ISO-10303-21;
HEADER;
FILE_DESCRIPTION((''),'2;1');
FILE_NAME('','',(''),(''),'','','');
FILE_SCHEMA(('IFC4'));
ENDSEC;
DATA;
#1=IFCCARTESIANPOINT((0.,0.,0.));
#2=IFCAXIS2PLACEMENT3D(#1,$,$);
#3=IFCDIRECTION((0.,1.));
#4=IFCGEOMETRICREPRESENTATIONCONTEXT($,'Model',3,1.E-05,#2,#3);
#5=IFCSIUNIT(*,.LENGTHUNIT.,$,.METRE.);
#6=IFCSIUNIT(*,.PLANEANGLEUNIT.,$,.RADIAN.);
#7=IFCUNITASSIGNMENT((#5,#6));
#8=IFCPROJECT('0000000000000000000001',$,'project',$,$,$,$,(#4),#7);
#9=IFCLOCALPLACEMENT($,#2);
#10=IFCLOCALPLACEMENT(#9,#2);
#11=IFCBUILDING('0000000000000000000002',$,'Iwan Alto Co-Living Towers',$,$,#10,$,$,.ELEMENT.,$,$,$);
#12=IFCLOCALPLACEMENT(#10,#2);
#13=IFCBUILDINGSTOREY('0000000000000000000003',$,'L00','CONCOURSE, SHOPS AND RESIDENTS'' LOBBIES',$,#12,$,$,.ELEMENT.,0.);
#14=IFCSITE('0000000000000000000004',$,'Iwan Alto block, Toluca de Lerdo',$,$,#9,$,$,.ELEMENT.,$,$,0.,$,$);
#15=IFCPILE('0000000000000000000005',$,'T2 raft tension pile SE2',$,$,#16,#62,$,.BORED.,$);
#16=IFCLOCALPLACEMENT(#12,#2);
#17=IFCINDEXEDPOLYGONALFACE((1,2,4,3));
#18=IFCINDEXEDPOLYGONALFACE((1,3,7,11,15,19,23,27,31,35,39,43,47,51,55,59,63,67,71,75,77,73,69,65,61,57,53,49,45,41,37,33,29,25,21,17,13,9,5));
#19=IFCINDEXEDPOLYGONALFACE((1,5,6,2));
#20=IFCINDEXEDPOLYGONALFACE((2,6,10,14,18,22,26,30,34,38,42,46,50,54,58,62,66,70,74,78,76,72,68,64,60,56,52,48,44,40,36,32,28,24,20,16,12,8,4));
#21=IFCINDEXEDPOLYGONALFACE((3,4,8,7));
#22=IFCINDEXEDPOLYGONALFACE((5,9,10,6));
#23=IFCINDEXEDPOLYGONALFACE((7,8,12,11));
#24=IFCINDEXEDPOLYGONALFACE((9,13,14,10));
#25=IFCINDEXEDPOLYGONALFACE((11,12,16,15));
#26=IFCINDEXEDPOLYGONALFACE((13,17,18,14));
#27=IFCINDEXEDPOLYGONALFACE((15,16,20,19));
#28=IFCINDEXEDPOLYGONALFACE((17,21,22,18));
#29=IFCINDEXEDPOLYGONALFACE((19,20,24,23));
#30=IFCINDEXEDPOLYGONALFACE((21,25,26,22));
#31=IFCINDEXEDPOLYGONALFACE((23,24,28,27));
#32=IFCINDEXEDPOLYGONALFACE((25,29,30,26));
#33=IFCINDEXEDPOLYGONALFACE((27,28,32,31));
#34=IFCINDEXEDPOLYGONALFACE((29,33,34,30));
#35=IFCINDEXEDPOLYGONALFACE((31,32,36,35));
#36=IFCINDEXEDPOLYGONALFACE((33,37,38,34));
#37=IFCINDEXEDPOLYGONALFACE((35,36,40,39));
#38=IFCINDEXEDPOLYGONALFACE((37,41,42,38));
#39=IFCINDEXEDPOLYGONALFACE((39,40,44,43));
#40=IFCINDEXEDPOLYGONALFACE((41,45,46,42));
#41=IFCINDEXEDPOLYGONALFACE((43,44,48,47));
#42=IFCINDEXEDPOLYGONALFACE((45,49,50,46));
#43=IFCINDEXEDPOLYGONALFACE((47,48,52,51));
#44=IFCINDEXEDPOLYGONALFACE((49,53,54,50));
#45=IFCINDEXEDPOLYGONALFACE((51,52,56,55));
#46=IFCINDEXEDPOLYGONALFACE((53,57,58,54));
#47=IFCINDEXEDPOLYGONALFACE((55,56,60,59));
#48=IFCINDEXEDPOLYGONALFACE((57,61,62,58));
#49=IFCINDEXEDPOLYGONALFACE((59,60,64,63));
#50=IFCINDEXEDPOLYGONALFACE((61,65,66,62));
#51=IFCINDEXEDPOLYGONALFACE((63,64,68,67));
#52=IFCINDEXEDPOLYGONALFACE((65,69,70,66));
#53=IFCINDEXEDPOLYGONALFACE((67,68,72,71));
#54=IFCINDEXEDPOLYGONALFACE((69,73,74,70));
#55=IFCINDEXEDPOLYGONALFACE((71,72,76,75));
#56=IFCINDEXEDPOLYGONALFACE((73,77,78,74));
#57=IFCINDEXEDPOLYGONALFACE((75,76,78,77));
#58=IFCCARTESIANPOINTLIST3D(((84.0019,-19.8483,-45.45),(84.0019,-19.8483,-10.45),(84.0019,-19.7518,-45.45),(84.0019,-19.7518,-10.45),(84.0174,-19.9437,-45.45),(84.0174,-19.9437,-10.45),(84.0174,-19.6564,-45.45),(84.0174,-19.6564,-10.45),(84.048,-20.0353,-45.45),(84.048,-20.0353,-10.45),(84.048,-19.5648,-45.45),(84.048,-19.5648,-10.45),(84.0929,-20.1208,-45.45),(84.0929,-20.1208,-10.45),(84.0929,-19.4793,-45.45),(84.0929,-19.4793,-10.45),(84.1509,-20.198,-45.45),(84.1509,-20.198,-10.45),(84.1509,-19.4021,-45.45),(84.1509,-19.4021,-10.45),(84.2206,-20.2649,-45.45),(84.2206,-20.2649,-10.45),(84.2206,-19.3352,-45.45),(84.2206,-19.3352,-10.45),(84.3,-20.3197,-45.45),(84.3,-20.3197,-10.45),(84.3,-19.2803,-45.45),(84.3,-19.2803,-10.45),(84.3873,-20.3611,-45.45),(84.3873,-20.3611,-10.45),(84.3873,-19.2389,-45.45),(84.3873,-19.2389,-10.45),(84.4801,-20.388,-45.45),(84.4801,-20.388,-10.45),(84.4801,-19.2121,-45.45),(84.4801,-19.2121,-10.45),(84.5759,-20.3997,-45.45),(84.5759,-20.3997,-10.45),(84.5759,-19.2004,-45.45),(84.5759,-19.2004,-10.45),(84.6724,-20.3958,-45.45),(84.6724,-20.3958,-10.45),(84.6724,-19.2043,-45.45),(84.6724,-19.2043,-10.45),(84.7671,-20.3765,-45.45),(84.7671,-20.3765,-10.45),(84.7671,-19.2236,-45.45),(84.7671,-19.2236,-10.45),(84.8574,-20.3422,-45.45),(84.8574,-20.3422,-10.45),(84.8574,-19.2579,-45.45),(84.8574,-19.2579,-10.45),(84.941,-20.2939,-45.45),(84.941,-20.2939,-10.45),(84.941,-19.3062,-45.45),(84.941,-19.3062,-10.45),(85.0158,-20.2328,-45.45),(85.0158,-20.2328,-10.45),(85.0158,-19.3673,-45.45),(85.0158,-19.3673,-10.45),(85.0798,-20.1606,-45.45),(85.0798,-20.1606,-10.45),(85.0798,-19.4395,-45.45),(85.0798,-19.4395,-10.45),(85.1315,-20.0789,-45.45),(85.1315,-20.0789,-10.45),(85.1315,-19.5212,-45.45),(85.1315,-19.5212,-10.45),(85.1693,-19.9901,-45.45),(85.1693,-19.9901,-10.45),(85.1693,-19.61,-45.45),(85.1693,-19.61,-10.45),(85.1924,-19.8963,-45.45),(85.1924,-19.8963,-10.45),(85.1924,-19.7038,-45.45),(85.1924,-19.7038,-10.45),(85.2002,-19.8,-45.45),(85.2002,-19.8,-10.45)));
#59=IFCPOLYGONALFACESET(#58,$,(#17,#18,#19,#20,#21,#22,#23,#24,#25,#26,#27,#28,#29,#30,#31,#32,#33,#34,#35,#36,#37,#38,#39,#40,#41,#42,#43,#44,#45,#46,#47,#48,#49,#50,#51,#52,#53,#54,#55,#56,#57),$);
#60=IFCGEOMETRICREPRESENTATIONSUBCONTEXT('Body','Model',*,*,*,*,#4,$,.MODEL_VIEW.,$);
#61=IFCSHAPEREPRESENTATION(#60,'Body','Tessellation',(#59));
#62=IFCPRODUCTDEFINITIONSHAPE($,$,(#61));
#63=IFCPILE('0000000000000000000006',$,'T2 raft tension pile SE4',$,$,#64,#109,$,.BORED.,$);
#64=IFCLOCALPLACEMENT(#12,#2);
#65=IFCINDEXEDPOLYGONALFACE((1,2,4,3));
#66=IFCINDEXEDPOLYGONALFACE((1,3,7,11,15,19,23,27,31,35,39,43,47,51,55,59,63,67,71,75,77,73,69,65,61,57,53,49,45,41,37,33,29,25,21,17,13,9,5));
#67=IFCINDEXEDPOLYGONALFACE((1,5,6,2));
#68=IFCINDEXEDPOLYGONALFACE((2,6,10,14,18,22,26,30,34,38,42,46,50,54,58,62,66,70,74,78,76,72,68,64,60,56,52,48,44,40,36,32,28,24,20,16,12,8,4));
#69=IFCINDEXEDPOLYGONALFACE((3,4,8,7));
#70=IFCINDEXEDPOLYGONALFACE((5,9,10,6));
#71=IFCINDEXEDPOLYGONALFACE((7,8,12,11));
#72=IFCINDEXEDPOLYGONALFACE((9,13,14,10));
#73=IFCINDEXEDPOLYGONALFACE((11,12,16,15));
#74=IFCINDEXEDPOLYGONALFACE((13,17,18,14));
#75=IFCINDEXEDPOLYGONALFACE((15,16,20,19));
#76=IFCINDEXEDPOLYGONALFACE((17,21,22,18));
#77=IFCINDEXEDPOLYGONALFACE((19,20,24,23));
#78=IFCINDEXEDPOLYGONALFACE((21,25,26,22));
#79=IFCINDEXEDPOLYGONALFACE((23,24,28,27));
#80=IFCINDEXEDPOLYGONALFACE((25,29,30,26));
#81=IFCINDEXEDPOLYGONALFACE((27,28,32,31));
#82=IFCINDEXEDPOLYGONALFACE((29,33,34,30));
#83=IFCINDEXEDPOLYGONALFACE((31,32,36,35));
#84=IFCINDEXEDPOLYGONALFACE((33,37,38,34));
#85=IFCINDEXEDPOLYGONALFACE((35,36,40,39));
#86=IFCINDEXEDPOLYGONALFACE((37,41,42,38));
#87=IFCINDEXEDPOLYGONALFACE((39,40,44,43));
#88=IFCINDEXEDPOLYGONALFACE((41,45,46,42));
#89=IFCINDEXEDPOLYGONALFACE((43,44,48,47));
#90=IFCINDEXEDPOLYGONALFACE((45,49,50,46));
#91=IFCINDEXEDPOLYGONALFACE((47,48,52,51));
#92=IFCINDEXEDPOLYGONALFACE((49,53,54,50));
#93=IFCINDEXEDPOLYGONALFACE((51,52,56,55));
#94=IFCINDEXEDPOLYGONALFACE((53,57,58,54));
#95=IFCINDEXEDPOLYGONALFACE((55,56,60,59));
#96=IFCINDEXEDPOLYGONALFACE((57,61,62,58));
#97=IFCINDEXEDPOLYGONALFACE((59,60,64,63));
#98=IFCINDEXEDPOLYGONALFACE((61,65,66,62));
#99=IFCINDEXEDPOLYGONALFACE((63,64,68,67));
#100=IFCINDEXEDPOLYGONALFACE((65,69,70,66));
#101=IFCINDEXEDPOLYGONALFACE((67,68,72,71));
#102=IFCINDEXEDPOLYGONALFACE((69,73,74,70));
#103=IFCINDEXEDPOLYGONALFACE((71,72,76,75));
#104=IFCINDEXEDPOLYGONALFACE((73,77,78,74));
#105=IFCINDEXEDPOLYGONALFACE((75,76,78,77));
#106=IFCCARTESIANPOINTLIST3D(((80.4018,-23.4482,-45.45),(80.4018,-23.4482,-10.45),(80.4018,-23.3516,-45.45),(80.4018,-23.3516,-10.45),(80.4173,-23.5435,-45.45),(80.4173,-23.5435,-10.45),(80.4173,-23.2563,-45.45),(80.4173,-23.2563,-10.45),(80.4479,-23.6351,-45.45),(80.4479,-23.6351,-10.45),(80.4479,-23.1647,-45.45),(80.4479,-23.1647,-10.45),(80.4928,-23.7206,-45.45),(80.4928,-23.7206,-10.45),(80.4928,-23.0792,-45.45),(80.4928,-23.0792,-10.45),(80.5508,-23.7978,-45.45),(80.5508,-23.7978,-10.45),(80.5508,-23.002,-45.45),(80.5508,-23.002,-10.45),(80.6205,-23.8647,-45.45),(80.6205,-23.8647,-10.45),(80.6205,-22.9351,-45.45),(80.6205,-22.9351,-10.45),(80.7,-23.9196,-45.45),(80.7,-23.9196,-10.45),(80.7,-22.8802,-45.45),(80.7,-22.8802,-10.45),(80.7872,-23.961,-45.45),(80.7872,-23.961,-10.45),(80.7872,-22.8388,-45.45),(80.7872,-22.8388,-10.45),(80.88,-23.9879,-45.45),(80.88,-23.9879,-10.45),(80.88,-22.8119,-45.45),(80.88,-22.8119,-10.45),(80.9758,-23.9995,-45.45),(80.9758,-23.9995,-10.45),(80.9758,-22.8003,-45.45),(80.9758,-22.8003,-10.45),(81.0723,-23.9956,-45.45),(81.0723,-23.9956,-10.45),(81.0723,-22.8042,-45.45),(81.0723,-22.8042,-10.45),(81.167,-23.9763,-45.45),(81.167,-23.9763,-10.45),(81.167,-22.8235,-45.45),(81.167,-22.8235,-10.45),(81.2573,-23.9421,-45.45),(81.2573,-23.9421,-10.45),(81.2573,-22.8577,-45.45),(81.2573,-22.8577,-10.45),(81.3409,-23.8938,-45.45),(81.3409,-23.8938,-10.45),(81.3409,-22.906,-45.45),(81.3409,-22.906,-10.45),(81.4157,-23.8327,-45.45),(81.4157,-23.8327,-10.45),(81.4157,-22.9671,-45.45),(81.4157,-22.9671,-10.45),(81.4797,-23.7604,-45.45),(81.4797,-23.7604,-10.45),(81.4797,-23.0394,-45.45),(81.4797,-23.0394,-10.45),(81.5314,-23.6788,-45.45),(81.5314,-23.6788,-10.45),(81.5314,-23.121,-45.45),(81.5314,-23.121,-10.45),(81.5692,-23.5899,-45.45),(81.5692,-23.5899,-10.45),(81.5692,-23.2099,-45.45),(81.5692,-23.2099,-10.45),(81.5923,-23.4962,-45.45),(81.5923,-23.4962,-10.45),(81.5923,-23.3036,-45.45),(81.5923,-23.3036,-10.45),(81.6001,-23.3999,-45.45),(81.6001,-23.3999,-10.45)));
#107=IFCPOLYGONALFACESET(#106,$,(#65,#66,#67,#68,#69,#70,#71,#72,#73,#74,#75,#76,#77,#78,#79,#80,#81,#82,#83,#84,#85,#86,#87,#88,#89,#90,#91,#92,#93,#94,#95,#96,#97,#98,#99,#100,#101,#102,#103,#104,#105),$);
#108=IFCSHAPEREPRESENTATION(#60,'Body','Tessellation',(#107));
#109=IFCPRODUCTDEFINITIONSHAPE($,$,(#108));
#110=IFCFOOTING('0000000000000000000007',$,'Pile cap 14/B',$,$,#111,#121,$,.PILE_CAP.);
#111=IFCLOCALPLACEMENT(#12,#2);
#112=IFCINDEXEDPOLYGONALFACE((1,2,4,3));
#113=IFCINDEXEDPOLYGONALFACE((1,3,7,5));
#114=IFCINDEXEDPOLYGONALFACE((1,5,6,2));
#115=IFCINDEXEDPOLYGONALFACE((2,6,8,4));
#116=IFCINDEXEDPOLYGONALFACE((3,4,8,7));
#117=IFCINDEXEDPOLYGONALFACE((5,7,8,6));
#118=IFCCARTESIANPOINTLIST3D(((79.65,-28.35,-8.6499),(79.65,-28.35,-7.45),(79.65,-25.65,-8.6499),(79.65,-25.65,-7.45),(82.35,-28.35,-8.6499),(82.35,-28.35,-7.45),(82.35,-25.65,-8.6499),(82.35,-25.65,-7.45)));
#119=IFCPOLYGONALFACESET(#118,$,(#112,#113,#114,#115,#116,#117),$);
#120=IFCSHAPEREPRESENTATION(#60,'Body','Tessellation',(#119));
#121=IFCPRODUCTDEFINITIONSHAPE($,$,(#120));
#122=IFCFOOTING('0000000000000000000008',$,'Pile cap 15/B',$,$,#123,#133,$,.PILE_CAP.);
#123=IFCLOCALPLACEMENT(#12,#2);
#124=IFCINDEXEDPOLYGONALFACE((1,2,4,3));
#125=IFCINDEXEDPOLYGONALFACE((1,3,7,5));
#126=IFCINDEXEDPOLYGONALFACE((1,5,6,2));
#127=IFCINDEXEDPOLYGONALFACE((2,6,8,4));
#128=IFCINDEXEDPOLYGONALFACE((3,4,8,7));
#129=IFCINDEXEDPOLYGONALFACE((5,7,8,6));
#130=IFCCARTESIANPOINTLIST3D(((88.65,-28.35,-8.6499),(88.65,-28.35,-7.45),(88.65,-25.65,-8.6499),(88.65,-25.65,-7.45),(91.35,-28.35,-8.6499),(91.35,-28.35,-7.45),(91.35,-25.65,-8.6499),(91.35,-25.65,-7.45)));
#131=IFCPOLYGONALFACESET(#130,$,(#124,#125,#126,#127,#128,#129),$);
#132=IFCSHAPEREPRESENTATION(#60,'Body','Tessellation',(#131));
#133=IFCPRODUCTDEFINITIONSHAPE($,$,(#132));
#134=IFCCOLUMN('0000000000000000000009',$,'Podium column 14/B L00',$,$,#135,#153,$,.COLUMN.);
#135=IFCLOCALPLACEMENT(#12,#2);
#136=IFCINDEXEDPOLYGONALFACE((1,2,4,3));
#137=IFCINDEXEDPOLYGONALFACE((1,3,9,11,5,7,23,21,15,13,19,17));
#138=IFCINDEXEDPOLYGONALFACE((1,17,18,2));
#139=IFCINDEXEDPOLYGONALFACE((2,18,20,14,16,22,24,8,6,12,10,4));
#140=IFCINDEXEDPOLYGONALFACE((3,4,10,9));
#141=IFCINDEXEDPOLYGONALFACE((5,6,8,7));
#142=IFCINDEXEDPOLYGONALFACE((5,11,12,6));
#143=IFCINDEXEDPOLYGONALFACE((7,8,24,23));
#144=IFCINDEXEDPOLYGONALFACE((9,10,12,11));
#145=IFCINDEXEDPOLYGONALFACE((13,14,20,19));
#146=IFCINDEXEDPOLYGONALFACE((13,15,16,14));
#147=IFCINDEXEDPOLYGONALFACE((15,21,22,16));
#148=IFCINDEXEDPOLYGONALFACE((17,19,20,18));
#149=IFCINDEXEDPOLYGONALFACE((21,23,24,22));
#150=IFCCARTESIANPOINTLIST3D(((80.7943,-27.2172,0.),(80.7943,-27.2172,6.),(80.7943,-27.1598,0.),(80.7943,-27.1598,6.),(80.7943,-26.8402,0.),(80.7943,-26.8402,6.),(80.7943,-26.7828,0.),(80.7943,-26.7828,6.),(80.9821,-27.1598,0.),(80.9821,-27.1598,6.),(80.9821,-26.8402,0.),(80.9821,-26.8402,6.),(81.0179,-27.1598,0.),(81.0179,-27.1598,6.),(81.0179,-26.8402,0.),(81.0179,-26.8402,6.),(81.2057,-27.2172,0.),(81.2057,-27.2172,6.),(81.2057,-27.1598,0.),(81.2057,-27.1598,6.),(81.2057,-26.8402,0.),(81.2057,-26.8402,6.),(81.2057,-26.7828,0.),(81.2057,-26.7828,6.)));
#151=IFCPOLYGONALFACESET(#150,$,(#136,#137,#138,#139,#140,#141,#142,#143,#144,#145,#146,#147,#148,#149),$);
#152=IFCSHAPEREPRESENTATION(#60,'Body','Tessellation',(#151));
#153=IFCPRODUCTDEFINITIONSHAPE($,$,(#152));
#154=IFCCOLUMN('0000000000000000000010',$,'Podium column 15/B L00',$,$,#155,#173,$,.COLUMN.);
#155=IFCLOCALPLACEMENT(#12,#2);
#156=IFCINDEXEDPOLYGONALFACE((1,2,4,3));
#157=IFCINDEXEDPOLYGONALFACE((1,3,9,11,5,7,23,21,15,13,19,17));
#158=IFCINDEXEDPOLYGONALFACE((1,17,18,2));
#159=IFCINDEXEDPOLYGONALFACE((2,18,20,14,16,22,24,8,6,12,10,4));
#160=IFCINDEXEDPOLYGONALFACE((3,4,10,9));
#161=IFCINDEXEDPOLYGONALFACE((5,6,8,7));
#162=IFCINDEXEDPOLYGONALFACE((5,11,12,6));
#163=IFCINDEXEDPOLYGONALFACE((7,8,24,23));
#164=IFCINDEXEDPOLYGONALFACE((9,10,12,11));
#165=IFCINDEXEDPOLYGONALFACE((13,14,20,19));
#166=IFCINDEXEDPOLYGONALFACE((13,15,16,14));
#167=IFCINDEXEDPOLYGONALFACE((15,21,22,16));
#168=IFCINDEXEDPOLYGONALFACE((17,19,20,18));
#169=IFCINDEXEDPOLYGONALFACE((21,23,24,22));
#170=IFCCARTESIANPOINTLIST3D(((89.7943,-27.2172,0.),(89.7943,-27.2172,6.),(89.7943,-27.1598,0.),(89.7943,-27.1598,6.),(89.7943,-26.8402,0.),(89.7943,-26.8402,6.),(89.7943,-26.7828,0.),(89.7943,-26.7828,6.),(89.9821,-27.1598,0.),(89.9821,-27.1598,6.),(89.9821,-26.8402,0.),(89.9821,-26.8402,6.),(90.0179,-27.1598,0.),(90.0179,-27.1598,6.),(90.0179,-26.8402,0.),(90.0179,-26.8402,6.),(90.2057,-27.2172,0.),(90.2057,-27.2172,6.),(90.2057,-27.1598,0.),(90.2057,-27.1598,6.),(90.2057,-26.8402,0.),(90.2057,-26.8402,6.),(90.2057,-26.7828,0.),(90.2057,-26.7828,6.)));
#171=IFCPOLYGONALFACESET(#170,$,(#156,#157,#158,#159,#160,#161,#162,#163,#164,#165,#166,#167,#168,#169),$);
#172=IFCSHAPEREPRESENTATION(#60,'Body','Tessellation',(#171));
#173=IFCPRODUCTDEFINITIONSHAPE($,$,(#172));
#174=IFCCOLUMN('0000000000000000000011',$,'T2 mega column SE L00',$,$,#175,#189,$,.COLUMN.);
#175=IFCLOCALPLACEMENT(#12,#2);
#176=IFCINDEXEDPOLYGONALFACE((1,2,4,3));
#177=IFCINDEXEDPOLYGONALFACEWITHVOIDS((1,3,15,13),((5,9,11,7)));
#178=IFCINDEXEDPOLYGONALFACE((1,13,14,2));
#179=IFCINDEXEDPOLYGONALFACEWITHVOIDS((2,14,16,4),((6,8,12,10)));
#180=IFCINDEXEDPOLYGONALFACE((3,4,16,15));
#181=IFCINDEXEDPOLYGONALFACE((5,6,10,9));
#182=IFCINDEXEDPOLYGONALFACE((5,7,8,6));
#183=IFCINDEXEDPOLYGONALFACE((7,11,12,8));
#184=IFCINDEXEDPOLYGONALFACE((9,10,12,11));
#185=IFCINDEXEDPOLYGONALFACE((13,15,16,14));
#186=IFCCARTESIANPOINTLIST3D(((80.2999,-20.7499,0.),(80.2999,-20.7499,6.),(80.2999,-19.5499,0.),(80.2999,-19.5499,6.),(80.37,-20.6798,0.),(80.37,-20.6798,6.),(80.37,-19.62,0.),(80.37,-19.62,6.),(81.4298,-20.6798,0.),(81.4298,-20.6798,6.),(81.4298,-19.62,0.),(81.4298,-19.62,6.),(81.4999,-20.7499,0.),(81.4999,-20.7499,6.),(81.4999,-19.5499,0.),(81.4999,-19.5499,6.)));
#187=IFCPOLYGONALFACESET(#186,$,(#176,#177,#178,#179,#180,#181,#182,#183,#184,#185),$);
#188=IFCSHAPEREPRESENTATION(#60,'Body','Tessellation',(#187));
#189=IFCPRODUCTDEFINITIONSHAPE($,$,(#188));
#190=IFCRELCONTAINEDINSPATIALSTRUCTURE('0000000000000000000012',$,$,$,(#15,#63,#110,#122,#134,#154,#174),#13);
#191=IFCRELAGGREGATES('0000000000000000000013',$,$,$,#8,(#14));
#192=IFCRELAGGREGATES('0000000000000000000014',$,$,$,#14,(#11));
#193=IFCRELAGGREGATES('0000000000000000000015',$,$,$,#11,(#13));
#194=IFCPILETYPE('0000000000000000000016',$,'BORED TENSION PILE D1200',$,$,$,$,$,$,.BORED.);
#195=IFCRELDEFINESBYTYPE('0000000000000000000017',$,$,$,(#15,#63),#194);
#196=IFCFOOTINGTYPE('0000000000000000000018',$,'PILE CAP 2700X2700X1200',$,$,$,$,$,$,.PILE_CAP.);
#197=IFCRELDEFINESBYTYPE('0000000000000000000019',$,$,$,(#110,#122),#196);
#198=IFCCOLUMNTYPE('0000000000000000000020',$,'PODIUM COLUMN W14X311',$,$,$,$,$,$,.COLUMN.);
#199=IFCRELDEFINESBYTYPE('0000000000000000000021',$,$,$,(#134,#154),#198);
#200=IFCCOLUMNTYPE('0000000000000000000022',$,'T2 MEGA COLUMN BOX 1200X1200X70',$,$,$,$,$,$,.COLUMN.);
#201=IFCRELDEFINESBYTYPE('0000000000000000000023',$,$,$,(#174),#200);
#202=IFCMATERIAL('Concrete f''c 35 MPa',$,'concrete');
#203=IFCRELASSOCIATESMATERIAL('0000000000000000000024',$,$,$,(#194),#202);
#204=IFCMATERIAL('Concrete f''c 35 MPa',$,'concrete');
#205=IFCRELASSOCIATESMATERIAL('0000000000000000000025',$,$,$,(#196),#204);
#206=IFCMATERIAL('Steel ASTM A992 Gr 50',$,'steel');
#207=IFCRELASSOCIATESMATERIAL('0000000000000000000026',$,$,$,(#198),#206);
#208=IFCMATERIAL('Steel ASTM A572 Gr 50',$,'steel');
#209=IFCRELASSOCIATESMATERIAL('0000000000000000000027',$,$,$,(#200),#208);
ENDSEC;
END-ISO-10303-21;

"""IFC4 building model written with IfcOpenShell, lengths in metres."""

from ifc_helpers import new_model, si_unit, direction, frame, origin, origin_2d, place, context, subcontext, project, spatial, rectangle, hollow_rectangle, circle, i_section, extrude, material, material_profile, profile_set, type_object, element, save


model = new_model("IFC4")

# Units and contexts
model_context = context("Model", 3, precision=1e-05, world=origin(), true_north=direction((0.0, 1.0)))
body_context = subcontext(model_context, "Body", "Model", "MODEL_VIEW")
ifc_project = project(units=[si_unit("LENGTHUNIT", "METRE"), si_unit("PLANEANGLEUNIT", "RADIAN")], contexts=[model_context])

# Site, building, storey
site_placement = place(None, origin())
site = spatial("IfcSite", under=ifc_project, at=site_placement, Name="Iwan Alto block, Toluca de Lerdo", CompositionType="ELEMENT", RefElevation=0.0)
building_placement = place(site_placement, origin())
building = spatial("IfcBuilding", under=site, at=building_placement, Name="Iwan Alto Co-Living Towers", CompositionType="ELEMENT")
storey_placement = place(building_placement, origin())
storey = spatial("IfcBuildingStorey", under=building, at=storey_placement, Name="L00", Description="CONCOURSE, SHOPS AND RESIDENTS' LOBBIES", CompositionType="ELEMENT", Elevation=0.0)

# Piles
ifc_material_1 = material(Name="Concrete f'c 35 MPa", Category="concrete")
ifc_material_profile_1 = material_profile(ifc_material_1, circle(Radius=0.6001, at=origin_2d()), Name="D1200")
ifc_profile_set_1 = profile_set([ifc_material_profile_1], Name="Concrete f'c 35 MPa")
pile_type_1 = type_object("IfcPileType", Name="BORED TENSION PILE D1200", PredefinedType="BORED", material=ifc_profile_set_1)
for number, where, z_axis, x_axis, name in (
    (1, (84.6001, -19.8, -10.45), (0.0, 0.0, -1.0), (1.0, 0.0, 0.0), "T2 raft tension pile SE2"),
    (2, (81.0, -23.3999, -10.45), (0.0, 0.0, -1.0), (1.0, 0.0, 0.0), "T2 raft tension pile SE4"),
):
    element("IfcPile", number, at=place(storey_placement, frame(where, z_axis=z_axis, x_axis=x_axis)), inside=storey, type_object=pile_type_1, Name=name, PredefinedType="BORED", context=body_context, shape_type="SweptSolid", body=[
        extrude(circle(Radius=0.6001, at=origin_2d()), origin(), (0.0, 0.0, 1.0), 35.0),
    ])

# Footings
ifc_material_2 = material(Name="Concrete f'c 35 MPa", Category="concrete")
footing_type = type_object("IfcFootingType", Name="PILE CAP 2700X2700X1200", PredefinedType="PILE_CAP", material=ifc_material_2)
for number, where, z_axis, x_axis, name in (
    (3, (81.0, -27.0, -8.6499), (0.0, 0.0, 1.0), (1.0, 0.0, 0.0), "Pile cap 14/B"),
    (4, (90.0, -27.0, -8.6499), (0.0, 0.0, 1.0), (1.0, 0.0, 0.0), "Pile cap 15/B"),
):
    element("IfcFooting", number, at=place(storey_placement, frame(where, z_axis=z_axis, x_axis=x_axis)), inside=storey, type_object=footing_type, Name=name, PredefinedType="PILE_CAP", context=body_context, shape_type="SweptSolid", body=[
        extrude(rectangle(XDim=2.7, YDim=2.7, at=origin_2d()), origin(), (0.0, 0.0, 1.0), 1.2),
    ])

# Columns
ifc_material_3 = material(Name="Steel ASTM A992 Gr 50", Category="steel")
ifc_material_profile_2 = material_profile(ifc_material_3, i_section(OverallWidth=0.4114, OverallDepth=0.4343, WebThickness=0.0359, FlangeThickness=0.0574, at=origin_2d()), Name="W14X311")
ifc_profile_set_2 = profile_set([ifc_material_profile_2], Name="Steel ASTM A992 Gr 50")
column_type_1 = type_object("IfcColumnType", Name="PODIUM COLUMN W14X311", PredefinedType="COLUMN", material=ifc_profile_set_2)
for number, where, z_axis, x_axis, name in (
    (5, (81.0, -27.0, 0.0), (0.0, 0.0, 1.0), (1.0, 0.0, 0.0), "Podium column 14/B L00"),
    (6, (90.0, -27.0, 0.0), (0.0, 0.0, 1.0), (1.0, 0.0, 0.0), "Podium column 15/B L00"),
):
    element("IfcColumn", number, at=place(storey_placement, frame(where, z_axis=z_axis, x_axis=x_axis)), inside=storey, type_object=column_type_1, Name=name, PredefinedType="COLUMN", context=body_context, shape_type="SweptSolid", body=[
        extrude(i_section(OverallWidth=0.4114, OverallDepth=0.4343, WebThickness=0.0359, FlangeThickness=0.0574, at=origin_2d()), origin(), (0.0, 0.0, 1.0), 6.0),
    ])
ifc_material_4 = material(Name="Steel ASTM A572 Gr 50", Category="steel")
ifc_material_profile_3 = material_profile(ifc_material_4, hollow_rectangle(XDim=1.2, YDim=1.2, WallThickness=0.0701, at=origin_2d()), Name="BOX 1200X1200X70")
ifc_profile_set_3 = profile_set([ifc_material_profile_3], Name="Steel ASTM A572 Gr 50")
column_type_2 = type_object("IfcColumnType", Name="T2 MEGA COLUMN BOX 1200X1200X70", PredefinedType="COLUMN", material=ifc_profile_set_3)
column_placement = place(storey_placement, frame((80.8999, -20.1499, 0.0), z_axis=(0.0, 0.0, 1.0), x_axis=(1.0, 0.0, 0.0)))
element("IfcColumn", 7, at=column_placement, inside=storey, type_object=column_type_2, Name="T2 mega column SE L00", PredefinedType="COLUMN", context=body_context, shape_type="SweptSolid", body=[
    extrude(hollow_rectangle(XDim=1.2, YDim=1.2, WallThickness=0.0701, at=origin_2d()), origin(), (0.0, 0.0, 1.0), 6.0),
])

save(model, "model.ifc")
